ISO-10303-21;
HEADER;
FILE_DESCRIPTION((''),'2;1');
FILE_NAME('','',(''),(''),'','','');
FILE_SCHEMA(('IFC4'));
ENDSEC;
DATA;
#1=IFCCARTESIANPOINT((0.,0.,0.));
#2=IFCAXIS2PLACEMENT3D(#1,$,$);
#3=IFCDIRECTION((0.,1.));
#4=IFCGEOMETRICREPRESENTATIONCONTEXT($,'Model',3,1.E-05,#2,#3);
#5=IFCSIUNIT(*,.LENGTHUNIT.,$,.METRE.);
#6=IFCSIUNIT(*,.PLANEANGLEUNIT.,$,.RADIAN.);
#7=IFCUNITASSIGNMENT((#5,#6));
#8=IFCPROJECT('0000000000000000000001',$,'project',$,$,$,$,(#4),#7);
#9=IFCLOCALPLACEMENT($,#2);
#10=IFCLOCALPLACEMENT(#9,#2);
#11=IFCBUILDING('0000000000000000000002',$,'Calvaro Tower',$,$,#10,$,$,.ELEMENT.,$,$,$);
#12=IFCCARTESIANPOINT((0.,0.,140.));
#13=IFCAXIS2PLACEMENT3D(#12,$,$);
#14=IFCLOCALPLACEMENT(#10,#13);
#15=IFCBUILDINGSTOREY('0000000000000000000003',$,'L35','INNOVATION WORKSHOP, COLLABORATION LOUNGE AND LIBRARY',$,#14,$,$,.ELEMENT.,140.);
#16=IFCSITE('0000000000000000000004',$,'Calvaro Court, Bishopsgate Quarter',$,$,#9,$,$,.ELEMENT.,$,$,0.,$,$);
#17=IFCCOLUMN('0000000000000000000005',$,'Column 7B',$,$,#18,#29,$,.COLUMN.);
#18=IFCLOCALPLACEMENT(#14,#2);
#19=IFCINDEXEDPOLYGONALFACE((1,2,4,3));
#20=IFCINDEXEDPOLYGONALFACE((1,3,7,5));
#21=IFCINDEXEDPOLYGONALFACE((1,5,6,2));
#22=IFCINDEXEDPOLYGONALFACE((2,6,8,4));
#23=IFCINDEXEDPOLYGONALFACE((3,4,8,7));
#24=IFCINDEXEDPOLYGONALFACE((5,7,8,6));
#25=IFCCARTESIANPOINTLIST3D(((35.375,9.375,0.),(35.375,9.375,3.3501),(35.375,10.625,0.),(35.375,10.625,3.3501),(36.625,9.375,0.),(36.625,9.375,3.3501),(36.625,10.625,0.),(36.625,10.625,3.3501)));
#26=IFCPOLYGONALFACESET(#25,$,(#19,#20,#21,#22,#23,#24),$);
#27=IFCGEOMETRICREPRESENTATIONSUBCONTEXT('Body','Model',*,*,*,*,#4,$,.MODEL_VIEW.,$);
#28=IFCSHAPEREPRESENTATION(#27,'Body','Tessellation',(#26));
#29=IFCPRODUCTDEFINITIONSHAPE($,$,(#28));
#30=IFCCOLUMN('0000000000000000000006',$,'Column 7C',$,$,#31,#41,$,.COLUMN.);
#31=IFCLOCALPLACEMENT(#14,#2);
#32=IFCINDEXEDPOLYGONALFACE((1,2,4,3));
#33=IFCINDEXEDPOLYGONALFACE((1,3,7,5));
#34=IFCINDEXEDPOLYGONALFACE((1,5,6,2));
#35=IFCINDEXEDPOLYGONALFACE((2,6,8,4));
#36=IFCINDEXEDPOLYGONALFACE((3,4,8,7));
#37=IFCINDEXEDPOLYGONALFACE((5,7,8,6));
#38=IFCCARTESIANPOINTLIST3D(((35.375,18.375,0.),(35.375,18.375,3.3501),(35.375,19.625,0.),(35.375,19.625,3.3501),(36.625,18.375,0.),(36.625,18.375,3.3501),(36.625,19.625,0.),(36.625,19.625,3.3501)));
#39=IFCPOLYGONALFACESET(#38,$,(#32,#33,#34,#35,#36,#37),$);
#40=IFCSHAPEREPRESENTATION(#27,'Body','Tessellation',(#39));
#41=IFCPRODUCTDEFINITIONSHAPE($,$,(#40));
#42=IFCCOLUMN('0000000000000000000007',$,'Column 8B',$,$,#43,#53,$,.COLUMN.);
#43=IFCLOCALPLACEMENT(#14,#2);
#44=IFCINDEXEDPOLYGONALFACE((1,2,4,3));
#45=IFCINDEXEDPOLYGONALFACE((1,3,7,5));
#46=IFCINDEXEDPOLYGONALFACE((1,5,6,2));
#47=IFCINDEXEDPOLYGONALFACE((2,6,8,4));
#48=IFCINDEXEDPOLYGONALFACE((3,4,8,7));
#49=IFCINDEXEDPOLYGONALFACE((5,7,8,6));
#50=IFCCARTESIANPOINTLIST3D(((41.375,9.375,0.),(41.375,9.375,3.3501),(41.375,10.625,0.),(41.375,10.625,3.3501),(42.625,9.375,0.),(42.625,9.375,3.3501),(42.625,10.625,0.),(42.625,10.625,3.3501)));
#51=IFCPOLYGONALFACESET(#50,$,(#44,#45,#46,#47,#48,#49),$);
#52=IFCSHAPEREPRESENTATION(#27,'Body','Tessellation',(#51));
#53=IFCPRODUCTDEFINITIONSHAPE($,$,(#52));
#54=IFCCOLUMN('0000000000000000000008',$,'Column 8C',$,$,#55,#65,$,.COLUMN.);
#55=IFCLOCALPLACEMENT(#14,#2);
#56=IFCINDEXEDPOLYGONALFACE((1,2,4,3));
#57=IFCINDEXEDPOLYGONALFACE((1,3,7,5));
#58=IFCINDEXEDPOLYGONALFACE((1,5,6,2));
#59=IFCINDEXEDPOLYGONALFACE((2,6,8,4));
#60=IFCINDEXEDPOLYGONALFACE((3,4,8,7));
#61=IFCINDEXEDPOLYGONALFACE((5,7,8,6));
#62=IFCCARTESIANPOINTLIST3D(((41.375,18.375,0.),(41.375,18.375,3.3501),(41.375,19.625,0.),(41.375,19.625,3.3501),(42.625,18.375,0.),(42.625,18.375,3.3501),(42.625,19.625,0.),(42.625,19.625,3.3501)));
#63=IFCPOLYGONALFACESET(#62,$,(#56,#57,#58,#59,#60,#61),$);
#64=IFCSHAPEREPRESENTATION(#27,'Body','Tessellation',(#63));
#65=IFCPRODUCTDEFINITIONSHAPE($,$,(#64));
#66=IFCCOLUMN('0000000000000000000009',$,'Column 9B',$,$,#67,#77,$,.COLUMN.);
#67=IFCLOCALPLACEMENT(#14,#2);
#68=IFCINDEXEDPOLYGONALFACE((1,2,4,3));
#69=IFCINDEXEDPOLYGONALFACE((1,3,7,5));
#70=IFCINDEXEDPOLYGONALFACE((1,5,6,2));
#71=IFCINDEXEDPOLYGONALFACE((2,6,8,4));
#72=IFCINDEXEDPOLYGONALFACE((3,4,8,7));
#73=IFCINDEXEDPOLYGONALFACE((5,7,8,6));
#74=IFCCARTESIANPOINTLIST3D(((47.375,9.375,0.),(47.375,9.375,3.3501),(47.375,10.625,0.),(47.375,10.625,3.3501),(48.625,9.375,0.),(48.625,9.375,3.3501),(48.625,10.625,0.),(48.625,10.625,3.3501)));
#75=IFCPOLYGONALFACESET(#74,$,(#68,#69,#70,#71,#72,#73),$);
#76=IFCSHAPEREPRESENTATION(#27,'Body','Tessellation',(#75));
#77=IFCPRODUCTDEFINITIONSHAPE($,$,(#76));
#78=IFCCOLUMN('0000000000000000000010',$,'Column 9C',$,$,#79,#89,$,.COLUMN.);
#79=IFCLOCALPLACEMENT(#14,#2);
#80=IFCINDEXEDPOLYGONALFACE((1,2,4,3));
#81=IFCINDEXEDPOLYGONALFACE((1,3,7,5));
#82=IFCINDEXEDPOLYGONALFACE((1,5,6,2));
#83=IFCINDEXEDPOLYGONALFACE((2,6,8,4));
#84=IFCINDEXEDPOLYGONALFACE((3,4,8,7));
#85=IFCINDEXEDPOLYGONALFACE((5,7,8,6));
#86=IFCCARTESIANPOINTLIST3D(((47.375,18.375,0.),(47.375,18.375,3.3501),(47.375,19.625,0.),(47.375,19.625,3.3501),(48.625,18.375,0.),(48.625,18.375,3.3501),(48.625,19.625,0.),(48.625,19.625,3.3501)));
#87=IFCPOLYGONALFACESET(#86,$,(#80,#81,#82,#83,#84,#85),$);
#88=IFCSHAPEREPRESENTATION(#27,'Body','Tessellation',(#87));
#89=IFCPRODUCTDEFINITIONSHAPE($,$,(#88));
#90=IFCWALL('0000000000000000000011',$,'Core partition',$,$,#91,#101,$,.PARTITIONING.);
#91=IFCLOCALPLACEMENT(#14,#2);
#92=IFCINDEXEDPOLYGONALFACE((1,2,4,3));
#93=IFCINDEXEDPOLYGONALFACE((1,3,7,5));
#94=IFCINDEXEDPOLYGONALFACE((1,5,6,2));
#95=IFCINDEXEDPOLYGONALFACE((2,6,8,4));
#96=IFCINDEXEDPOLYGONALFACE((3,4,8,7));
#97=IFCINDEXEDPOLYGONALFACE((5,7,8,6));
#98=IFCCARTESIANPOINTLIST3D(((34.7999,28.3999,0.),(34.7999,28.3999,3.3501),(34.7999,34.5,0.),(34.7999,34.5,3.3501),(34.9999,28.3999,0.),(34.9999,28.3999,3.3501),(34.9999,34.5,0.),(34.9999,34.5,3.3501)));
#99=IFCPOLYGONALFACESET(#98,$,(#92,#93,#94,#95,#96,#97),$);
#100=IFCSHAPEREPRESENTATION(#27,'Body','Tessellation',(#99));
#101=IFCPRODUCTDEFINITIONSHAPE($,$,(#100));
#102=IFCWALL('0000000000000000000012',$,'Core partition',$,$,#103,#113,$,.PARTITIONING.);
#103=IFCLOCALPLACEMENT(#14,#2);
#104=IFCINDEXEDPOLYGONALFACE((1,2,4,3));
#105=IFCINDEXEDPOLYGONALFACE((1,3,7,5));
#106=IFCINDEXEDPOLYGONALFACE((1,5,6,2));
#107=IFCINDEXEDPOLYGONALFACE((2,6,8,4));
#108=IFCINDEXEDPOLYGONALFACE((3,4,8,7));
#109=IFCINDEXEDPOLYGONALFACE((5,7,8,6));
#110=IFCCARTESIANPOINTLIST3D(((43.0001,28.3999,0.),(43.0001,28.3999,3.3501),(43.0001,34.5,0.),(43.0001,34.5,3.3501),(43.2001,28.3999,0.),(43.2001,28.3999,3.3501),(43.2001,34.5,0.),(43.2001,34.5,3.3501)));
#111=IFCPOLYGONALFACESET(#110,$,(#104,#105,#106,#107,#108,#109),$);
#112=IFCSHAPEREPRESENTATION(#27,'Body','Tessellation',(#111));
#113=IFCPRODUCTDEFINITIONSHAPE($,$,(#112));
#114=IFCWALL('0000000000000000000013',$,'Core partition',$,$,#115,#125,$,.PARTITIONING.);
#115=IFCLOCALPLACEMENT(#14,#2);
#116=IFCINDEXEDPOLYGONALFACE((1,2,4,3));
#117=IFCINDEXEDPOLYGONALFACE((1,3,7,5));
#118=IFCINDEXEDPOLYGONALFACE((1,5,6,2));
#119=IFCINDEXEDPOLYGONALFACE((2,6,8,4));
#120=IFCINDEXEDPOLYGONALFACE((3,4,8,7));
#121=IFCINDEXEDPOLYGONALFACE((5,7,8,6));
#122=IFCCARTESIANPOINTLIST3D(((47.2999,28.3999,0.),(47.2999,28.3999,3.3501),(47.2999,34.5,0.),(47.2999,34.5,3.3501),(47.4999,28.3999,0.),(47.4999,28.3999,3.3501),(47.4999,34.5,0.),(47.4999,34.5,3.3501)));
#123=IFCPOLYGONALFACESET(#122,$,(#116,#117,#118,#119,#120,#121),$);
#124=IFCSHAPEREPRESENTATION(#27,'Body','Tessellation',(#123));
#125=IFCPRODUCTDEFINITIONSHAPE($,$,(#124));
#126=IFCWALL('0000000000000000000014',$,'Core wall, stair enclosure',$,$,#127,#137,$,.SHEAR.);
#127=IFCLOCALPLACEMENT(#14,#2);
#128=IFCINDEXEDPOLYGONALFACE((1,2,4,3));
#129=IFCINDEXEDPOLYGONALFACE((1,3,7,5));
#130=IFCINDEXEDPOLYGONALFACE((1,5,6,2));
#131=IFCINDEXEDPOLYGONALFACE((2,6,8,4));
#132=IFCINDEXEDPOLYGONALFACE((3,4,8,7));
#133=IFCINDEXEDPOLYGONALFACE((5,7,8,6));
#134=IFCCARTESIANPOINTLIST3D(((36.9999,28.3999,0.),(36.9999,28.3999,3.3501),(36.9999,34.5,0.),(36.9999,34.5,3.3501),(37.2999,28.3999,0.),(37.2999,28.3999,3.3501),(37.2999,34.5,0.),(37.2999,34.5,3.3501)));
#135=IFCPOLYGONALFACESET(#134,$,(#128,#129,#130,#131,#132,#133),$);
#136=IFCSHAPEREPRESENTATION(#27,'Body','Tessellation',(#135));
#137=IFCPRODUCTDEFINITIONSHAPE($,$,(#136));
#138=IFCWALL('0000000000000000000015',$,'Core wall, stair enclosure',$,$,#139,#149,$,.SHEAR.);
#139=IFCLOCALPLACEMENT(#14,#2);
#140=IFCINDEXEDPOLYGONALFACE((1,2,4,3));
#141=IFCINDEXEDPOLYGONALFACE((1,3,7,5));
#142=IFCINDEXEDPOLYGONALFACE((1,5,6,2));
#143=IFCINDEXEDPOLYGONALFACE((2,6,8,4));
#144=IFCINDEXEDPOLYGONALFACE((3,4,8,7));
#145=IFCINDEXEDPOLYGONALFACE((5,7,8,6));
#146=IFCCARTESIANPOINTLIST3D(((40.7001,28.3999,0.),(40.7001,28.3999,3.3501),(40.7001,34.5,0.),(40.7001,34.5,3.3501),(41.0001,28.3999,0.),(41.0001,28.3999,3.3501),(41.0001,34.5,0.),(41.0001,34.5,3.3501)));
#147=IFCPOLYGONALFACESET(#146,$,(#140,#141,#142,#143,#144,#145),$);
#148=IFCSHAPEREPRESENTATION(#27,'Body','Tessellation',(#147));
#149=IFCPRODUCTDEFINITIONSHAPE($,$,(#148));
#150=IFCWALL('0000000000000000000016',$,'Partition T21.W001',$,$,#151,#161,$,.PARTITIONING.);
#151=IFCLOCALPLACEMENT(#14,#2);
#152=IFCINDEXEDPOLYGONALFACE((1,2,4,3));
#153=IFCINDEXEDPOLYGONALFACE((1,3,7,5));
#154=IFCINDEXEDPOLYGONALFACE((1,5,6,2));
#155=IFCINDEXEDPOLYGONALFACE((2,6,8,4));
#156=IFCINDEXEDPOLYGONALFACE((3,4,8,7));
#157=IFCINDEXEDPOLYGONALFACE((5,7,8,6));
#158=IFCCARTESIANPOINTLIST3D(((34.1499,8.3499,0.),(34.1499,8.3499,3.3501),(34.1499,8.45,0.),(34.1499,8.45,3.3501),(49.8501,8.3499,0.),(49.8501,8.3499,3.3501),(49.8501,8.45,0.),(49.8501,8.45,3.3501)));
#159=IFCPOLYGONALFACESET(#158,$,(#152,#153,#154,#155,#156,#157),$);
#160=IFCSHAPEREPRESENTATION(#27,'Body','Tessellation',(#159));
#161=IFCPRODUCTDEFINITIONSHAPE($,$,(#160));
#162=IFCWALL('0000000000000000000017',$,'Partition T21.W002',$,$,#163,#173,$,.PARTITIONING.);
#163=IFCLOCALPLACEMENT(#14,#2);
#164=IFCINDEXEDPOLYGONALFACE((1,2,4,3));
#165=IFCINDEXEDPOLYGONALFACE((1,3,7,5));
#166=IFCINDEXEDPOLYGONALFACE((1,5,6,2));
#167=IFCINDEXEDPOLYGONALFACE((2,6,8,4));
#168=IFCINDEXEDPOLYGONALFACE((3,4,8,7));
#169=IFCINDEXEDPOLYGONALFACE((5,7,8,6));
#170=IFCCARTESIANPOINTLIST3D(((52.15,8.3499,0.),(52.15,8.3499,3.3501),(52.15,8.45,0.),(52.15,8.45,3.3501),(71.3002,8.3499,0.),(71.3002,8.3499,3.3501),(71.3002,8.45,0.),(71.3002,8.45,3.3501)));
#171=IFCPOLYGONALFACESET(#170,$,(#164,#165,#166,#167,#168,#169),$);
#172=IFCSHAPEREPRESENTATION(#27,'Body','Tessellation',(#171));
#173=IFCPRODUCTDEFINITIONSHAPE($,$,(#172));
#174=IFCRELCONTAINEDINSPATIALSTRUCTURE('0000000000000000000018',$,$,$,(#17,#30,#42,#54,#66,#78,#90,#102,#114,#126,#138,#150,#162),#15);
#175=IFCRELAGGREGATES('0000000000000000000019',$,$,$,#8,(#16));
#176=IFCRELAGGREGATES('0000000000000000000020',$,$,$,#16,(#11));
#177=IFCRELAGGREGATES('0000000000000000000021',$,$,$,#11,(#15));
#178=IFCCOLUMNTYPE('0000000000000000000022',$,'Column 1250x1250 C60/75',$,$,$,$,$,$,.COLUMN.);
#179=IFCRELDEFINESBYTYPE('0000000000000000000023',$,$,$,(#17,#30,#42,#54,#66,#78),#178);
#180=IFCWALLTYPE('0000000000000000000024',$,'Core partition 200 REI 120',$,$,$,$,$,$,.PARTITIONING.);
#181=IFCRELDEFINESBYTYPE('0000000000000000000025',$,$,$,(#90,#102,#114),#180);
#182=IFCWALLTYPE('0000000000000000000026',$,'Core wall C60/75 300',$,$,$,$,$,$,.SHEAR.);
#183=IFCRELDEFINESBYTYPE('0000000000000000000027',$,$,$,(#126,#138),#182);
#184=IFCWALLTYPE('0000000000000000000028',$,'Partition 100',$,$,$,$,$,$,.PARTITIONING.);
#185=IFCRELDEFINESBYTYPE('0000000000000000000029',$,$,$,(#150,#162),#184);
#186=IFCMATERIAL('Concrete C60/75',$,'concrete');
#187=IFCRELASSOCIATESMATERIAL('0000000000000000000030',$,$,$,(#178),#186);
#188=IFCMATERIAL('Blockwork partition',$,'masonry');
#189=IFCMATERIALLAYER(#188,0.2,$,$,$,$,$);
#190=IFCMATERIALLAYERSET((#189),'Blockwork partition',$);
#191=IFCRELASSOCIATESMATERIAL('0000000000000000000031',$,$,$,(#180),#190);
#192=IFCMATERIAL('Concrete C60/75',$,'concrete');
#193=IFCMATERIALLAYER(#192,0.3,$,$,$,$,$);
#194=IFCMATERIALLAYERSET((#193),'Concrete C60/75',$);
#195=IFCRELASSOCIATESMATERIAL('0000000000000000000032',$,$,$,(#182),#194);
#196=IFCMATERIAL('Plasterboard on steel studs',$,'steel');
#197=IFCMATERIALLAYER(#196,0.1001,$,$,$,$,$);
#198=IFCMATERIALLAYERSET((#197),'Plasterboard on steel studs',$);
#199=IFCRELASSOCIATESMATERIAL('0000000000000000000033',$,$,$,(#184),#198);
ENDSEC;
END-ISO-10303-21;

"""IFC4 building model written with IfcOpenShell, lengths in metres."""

from ifc_helpers import new_model, si_unit, direction, frame, frame_2d, origin, origin_2d, place, context, subcontext, project, spatial, rectangle, extrude, material, layer, layer_set, material_profile, profile_set, type_object, element, save


model = new_model("IFC4")

# Units and contexts
model_context = context("Model", 3, precision=1e-05, world=origin(), true_north=direction((0.0, 1.0)))
body_context = subcontext(model_context, "Body", "Model", "MODEL_VIEW")
ifc_project = project(units=[si_unit("LENGTHUNIT", "METRE"), si_unit("PLANEANGLEUNIT", "RADIAN")], contexts=[model_context])

# Site, building, storey
site_placement = place(None, origin())
site = spatial("IfcSite", under=ifc_project, at=site_placement, Name="Calvaro Court, Bishopsgate Quarter", CompositionType="ELEMENT", RefElevation=0.0)
building_placement = place(site_placement, origin())
building = spatial("IfcBuilding", under=site, at=building_placement, Name="Calvaro Tower", CompositionType="ELEMENT")
storey_placement = place(building_placement, frame((0.0, 0.0, 140.0)))
storey = spatial("IfcBuildingStorey", under=building, at=storey_placement, Name="L35", Description="INNOVATION WORKSHOP, COLLABORATION LOUNGE AND LIBRARY", CompositionType="ELEMENT", Elevation=140.0)

# Columns
ifc_material_1 = material(Name="Concrete C60/75", Category="concrete")
ifc_material_profile = material_profile(ifc_material_1, rectangle(XDim=1.25, YDim=1.25, at=origin_2d()), Name="RC 1250x1250")
ifc_profile_set = profile_set([ifc_material_profile], Name="Concrete C60/75")
column_type = type_object("IfcColumnType", Name="Column 1250x1250 C60/75", PredefinedType="COLUMN", material=ifc_profile_set)
for number, where, z_axis, x_axis, name in (
    (1, (36.0, 10.0, 0.0), (0.0, 0.0, 1.0), (1.0, 0.0, 0.0), "Column 7B"),
    (2, (36.0, 19.0, 0.0), (0.0, 0.0, 1.0), (1.0, 0.0, 0.0), "Column 7C"),
    (3, (42.0, 10.0, 0.0), (0.0, 0.0, 1.0), (1.0, 0.0, 0.0), "Column 8B"),
    (4, (42.0, 19.0, 0.0), (0.0, 0.0, 1.0), (1.0, 0.0, 0.0), "Column 8C"),
    (5, (48.0, 10.0, 0.0), (0.0, 0.0, 1.0), (1.0, 0.0, 0.0), "Column 9B"),
    (6, (48.0, 19.0, 0.0), (0.0, 0.0, 1.0), (1.0, 0.0, 0.0), "Column 9C"),
):
    element("IfcColumn", number, at=place(storey_placement, frame(where, z_axis=z_axis, x_axis=x_axis)), inside=storey, type_object=column_type, Name=name, PredefinedType="COLUMN", context=body_context, shape_type="SweptSolid", body=[
        extrude(rectangle(XDim=1.25, YDim=1.25, at=origin_2d()), origin(), (0.0, 0.0, 1.0), 3.3501),
    ])

# Walls
ifc_material_2 = material(Name="Blockwork partition", Category="masonry")
ifc_layer_1 = layer(ifc_material_2, 0.2)
ifc_layer_set_1 = layer_set([ifc_layer_1], Name="Blockwork partition")
wall_type_1 = type_object("IfcWallType", Name="Core partition 200 REI 120", PredefinedType="PARTITIONING", material=ifc_layer_set_1)
for number, where, z_axis, x_axis, name in (
    (7, (34.8999, 28.3999, 0.0), (0.0, 0.0, 1.0), (0.0, 1.0, 0.0), "Core partition"),
    (8, (43.1001, 28.3999, 0.0), (0.0, 0.0, 1.0), (0.0, 1.0, 0.0), "Core partition"),
    (9, (47.3999, 28.3999, 0.0), (0.0, 0.0, 1.0), (0.0, 1.0, 0.0), "Core partition"),
):
    element("IfcWall", number, at=place(storey_placement, frame(where, z_axis=z_axis, x_axis=x_axis)), inside=storey, type_object=wall_type_1, Name=name, PredefinedType="PARTITIONING", context=body_context, shape_type="SweptSolid", body=[
        extrude(rectangle(XDim=6.1001, YDim=0.2, at=frame_2d((3.05, 0.0))), origin(), (0.0, 0.0, 1.0), 3.3501),
    ])
ifc_material_3 = material(Name="Concrete C60/75", Category="concrete")
ifc_layer_2 = layer(ifc_material_3, 0.3)
ifc_layer_set_2 = layer_set([ifc_layer_2], Name="Concrete C60/75")
wall_type_2 = type_object("IfcWallType", Name="Core wall C60/75 300", PredefinedType="SHEAR", material=ifc_layer_set_2)
for number, where, z_axis, x_axis, name in (
    (10, (37.1499, 28.3999, 0.0), (0.0, 0.0, 1.0), (0.0, 1.0, 0.0), "Core wall, stair enclosure"),
    (11, (40.8501, 28.3999, 0.0), (0.0, 0.0, 1.0), (0.0, 1.0, 0.0), "Core wall, stair enclosure"),
):
    element("IfcWall", number, at=place(storey_placement, frame(where, z_axis=z_axis, x_axis=x_axis)), inside=storey, type_object=wall_type_2, Name=name, PredefinedType="SHEAR", context=body_context, shape_type="SweptSolid", body=[
        extrude(rectangle(XDim=6.1001, YDim=0.3, at=frame_2d((3.05, 0.0))), origin(), (0.0, 0.0, 1.0), 3.3501),
    ])
ifc_material_4 = material(Name="Plasterboard on steel studs", Category="steel")
ifc_layer_3 = layer(ifc_material_4, 0.1001)
ifc_layer_set_3 = layer_set([ifc_layer_3], Name="Plasterboard on steel studs")
wall_type_3 = type_object("IfcWallType", Name="Partition 100", PredefinedType="PARTITIONING", material=ifc_layer_set_3)
wall_1_placement = place(storey_placement, frame((34.1499, 8.3999, 0.0), z_axis=(0.0, 0.0, 1.0), x_axis=(1.0, 0.0, 0.0)))
element("IfcWall", 12, at=wall_1_placement, inside=storey, type_object=wall_type_3, Name="Partition T21.W001", PredefinedType="PARTITIONING", context=body_context, shape_type="SweptSolid", body=[
    extrude(rectangle(XDim=15.7002, YDim=0.1001, at=frame_2d((7.8501, 0.0))), origin(), (0.0, 0.0, 1.0), 3.3501),
])
wall_2_placement = place(storey_placement, frame((52.1499, 8.3999, 0.0), z_axis=(0.0, 0.0, 1.0), x_axis=(1.0, 0.0, 0.0)))
element("IfcWall", 13, at=wall_2_placement, inside=storey, type_object=wall_type_3, Name="Partition T21.W002", PredefinedType="PARTITIONING", context=body_context, shape_type="SweptSolid", body=[
    extrude(rectangle(XDim=19.1501, YDim=0.1001, at=frame_2d((9.5752, 0.0))), origin(), (0.0, 0.0, 1.0), 3.3501),
])

save(model, "model.ifc")
